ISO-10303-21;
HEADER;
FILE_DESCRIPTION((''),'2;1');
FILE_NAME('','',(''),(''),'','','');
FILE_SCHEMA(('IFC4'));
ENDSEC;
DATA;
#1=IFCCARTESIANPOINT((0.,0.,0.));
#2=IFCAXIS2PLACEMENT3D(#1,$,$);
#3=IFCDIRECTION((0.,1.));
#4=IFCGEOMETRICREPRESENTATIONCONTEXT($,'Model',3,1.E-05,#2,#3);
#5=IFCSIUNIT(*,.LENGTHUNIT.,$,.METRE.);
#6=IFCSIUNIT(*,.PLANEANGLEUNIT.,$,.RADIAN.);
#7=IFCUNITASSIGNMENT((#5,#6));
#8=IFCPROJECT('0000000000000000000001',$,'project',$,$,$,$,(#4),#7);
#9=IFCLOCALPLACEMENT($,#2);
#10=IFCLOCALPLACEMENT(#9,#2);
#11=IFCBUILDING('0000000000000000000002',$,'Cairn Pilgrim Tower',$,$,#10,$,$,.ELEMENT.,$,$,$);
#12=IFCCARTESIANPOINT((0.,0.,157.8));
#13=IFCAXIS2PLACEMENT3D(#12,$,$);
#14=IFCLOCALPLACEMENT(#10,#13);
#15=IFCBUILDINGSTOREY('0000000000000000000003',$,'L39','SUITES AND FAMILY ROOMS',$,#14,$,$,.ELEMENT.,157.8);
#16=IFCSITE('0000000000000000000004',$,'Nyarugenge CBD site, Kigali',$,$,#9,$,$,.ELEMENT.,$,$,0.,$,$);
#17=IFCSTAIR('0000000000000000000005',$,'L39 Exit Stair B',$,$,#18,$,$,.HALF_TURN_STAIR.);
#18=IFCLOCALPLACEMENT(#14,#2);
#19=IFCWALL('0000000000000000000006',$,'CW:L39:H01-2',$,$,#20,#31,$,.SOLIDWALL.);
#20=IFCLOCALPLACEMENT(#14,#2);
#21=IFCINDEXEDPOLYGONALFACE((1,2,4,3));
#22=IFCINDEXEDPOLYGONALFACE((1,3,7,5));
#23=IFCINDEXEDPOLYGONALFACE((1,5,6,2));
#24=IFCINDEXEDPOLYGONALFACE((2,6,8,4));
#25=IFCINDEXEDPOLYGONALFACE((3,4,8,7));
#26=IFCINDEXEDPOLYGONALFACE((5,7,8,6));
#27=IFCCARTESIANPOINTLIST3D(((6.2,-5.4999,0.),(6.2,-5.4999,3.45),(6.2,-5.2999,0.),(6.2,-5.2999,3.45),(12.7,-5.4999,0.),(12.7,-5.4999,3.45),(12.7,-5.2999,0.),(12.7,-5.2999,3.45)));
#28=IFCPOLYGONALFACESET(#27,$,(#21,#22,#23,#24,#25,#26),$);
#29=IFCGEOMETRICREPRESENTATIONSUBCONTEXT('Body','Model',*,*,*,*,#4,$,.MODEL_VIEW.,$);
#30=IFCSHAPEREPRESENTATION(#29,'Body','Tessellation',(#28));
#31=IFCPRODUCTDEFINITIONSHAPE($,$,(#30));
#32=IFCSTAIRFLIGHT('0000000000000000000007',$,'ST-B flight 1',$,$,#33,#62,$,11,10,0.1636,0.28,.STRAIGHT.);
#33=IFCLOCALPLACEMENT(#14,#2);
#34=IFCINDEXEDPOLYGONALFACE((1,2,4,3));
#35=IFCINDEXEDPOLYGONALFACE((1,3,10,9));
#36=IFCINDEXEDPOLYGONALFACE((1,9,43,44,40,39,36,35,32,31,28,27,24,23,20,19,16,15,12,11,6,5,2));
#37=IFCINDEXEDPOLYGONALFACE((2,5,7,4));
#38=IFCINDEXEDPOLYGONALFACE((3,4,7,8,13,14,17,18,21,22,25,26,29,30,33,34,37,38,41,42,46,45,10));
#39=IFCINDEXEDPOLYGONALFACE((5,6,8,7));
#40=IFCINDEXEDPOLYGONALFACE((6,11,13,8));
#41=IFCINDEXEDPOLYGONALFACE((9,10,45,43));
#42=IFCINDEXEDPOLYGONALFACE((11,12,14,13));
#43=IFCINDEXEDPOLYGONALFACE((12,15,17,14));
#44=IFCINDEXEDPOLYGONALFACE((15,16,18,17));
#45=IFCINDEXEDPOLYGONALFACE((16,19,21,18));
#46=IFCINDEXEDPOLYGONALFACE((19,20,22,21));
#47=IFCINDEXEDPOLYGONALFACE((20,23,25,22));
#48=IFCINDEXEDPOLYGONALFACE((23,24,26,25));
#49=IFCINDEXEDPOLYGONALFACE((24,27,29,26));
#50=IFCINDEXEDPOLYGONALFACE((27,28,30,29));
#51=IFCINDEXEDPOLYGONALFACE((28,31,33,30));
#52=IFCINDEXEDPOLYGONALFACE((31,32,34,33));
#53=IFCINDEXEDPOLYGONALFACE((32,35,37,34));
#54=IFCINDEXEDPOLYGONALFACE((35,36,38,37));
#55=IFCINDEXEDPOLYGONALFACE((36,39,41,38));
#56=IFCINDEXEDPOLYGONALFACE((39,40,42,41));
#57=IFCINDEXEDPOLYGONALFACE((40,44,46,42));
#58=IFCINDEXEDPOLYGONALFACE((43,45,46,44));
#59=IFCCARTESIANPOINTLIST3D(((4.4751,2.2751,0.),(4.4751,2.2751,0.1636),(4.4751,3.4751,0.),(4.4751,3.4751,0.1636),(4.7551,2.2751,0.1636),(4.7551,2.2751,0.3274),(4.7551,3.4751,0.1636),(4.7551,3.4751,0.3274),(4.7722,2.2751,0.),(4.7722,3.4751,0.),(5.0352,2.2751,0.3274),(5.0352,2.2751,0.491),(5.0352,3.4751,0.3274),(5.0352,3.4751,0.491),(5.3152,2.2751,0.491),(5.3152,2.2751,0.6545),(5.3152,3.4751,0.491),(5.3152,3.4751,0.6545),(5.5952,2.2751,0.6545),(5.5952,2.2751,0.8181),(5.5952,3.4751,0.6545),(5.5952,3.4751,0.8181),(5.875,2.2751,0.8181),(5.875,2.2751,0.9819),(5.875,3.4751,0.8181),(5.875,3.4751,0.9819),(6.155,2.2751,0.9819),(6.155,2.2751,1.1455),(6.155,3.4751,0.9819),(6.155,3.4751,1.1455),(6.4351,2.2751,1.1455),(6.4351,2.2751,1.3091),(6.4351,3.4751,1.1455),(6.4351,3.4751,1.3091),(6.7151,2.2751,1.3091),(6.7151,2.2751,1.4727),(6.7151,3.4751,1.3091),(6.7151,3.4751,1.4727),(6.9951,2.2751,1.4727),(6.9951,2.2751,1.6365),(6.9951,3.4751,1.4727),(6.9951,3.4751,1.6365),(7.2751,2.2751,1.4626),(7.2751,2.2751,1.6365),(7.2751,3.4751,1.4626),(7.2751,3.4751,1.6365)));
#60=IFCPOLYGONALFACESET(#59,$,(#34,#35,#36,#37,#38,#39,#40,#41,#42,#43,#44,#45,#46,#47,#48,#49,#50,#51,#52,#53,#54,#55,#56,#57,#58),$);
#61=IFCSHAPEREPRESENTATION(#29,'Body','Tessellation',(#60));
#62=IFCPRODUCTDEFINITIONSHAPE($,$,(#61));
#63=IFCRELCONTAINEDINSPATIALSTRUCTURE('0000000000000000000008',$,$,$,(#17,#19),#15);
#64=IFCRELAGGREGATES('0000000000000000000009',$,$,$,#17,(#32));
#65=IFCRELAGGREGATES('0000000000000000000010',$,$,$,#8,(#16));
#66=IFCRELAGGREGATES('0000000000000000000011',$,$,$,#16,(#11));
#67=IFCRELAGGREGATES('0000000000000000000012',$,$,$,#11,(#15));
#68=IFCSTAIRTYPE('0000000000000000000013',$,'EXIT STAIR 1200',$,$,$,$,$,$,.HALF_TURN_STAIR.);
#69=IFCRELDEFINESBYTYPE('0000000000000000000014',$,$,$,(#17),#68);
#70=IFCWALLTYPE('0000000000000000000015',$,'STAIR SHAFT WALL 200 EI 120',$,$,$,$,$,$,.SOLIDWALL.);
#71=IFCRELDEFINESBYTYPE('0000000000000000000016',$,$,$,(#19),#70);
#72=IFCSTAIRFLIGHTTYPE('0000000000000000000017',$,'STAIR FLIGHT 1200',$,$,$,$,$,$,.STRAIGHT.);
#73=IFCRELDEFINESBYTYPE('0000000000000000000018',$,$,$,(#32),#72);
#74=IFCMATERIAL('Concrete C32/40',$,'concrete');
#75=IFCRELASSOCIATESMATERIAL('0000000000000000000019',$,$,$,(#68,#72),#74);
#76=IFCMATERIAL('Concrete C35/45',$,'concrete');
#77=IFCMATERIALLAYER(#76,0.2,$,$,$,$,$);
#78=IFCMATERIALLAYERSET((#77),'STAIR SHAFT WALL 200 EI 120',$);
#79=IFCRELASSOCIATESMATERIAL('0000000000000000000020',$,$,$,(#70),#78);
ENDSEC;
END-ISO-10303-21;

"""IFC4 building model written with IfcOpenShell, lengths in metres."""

from ifc_helpers import new_model, si_unit, direction, frame, frame_2d, origin, place, context, subcontext, project, spatial, polyline, rectangle, outline, extrude, material, layer, layer_set, type_object, element, aggregate, save


model = new_model("IFC4")

# Units and contexts
model_context = context("Model", 3, precision=1e-05, world=origin(), true_north=direction((0.0, 1.0)))
body_context = subcontext(model_context, "Body", "Model", "MODEL_VIEW")
ifc_project = project(units=[si_unit("LENGTHUNIT", "METRE"), si_unit("PLANEANGLEUNIT", "RADIAN")], contexts=[model_context])

# Site, building, storey
site_placement = place(None, origin())
site = spatial("IfcSite", under=ifc_project, at=site_placement, Name="Nyarugenge CBD site, Kigali", CompositionType="ELEMENT", RefElevation=0.0)
building_placement = place(site_placement, origin())
building = spatial("IfcBuilding", under=site, at=building_placement, Name="Cairn Pilgrim Tower", CompositionType="ELEMENT")
storey_placement = place(building_placement, frame((0.0, 0.0, 157.8)))
storey = spatial("IfcBuildingStorey", under=building, at=storey_placement, Name="L39", Description="SUITES AND FAMILY ROOMS", CompositionType="ELEMENT", Elevation=157.8)

# Stair
ifc_material_1 = material(Name="Concrete C32/40", Category="concrete")
stair_type = type_object("IfcStairType", Name="EXIT STAIR 1200", PredefinedType="HALF_TURN_STAIR", material=ifc_material_1)
stair_1_placement = place(storey_placement, origin())
stair_1 = element("IfcStair", 1, at=stair_1_placement, inside=storey, type_object=stair_type, Name="L39 Exit Stair B", PredefinedType="HALF_TURN_STAIR")

# Shared definitions
ifc_material_2 = material(Name="Concrete C35/45", Category="concrete")

# Wall
ifc_layer_1 = layer(ifc_material_2, 0.2)
ifc_layer_set_1 = layer_set([ifc_layer_1], Name="STAIR SHAFT WALL 200 EI 120")
wall_type_1 = type_object("IfcWallType", Name="STAIR SHAFT WALL 200 EI 120", PredefinedType="SOLIDWALL", material=ifc_layer_set_1)
wall_1_placement = place(storey_placement, frame((6.2, -5.3999, 0.0), z_axis=(0.0, 0.0, 1.0), x_axis=(1.0, 0.0, 0.0)))
element("IfcWall", 2, at=wall_1_placement, inside=storey, type_object=wall_type_1, Name="CW:L39:H01-2", PredefinedType="SOLIDWALL", context=body_context, shape_type="SweptSolid", body=[
    extrude(rectangle(XDim=6.5, YDim=0.2, at=frame_2d((3.25, 0.0))), origin(), (0.0, 0.0, 1.0), 3.45),
])

# Stair flight
stair_flight_type = type_object("IfcStairFlightType", Name="STAIR FLIGHT 1200", PredefinedType="STRAIGHT", material=ifc_material_1)
stair_flight_placement = place(storey_placement, frame((4.4751, 2.875, 0.0), z_axis=(0.0, 0.0, 1.0), x_axis=(1.0, 0.0, 0.0)))
stair_flight = element("IfcStairFlight", 3, at=stair_flight_placement, type_object=stair_flight_type, Name="ST-B flight 1", NumberOfRisers=11, NumberOfTreads=10, PredefinedType="STRAIGHT", RiserHeight=0.1636, TreadLength=0.28, context=body_context, shape_type="SweptSolid", body=[
    extrude(outline(polyline([(0.0, 0.0), (0.0, 0.1636), (0.28, 0.1636), (0.28, 0.3274), (0.5601, 0.3274), (0.5601, 0.491), (0.8401, 0.491), (0.8401, 0.6545), (1.1201, 0.6545), (1.1201, 0.8181), (1.3999, 0.8181), (1.3999, 0.9819), (1.6799, 0.9819), (1.6799, 1.1455), (1.96, 1.1455), (1.96, 1.3091), (2.24, 1.3091), (2.24, 1.4727), (2.52, 1.4727), (2.52, 1.6365), (2.8, 1.6365), (2.8, 1.8), (2.8, 1.4626), (0.2971, 0.0), (0.0, 0.0)])), frame((0.0, 0.6001, 0.0), z_axis=(0.0, -1.0, 0.0), x_axis=(1.0, 0.0, 0.0)), (0.0, 0.0, 1.0), 1.2),
])
aggregate(stair_1, [stair_flight])

save(model, "model.ifc")
